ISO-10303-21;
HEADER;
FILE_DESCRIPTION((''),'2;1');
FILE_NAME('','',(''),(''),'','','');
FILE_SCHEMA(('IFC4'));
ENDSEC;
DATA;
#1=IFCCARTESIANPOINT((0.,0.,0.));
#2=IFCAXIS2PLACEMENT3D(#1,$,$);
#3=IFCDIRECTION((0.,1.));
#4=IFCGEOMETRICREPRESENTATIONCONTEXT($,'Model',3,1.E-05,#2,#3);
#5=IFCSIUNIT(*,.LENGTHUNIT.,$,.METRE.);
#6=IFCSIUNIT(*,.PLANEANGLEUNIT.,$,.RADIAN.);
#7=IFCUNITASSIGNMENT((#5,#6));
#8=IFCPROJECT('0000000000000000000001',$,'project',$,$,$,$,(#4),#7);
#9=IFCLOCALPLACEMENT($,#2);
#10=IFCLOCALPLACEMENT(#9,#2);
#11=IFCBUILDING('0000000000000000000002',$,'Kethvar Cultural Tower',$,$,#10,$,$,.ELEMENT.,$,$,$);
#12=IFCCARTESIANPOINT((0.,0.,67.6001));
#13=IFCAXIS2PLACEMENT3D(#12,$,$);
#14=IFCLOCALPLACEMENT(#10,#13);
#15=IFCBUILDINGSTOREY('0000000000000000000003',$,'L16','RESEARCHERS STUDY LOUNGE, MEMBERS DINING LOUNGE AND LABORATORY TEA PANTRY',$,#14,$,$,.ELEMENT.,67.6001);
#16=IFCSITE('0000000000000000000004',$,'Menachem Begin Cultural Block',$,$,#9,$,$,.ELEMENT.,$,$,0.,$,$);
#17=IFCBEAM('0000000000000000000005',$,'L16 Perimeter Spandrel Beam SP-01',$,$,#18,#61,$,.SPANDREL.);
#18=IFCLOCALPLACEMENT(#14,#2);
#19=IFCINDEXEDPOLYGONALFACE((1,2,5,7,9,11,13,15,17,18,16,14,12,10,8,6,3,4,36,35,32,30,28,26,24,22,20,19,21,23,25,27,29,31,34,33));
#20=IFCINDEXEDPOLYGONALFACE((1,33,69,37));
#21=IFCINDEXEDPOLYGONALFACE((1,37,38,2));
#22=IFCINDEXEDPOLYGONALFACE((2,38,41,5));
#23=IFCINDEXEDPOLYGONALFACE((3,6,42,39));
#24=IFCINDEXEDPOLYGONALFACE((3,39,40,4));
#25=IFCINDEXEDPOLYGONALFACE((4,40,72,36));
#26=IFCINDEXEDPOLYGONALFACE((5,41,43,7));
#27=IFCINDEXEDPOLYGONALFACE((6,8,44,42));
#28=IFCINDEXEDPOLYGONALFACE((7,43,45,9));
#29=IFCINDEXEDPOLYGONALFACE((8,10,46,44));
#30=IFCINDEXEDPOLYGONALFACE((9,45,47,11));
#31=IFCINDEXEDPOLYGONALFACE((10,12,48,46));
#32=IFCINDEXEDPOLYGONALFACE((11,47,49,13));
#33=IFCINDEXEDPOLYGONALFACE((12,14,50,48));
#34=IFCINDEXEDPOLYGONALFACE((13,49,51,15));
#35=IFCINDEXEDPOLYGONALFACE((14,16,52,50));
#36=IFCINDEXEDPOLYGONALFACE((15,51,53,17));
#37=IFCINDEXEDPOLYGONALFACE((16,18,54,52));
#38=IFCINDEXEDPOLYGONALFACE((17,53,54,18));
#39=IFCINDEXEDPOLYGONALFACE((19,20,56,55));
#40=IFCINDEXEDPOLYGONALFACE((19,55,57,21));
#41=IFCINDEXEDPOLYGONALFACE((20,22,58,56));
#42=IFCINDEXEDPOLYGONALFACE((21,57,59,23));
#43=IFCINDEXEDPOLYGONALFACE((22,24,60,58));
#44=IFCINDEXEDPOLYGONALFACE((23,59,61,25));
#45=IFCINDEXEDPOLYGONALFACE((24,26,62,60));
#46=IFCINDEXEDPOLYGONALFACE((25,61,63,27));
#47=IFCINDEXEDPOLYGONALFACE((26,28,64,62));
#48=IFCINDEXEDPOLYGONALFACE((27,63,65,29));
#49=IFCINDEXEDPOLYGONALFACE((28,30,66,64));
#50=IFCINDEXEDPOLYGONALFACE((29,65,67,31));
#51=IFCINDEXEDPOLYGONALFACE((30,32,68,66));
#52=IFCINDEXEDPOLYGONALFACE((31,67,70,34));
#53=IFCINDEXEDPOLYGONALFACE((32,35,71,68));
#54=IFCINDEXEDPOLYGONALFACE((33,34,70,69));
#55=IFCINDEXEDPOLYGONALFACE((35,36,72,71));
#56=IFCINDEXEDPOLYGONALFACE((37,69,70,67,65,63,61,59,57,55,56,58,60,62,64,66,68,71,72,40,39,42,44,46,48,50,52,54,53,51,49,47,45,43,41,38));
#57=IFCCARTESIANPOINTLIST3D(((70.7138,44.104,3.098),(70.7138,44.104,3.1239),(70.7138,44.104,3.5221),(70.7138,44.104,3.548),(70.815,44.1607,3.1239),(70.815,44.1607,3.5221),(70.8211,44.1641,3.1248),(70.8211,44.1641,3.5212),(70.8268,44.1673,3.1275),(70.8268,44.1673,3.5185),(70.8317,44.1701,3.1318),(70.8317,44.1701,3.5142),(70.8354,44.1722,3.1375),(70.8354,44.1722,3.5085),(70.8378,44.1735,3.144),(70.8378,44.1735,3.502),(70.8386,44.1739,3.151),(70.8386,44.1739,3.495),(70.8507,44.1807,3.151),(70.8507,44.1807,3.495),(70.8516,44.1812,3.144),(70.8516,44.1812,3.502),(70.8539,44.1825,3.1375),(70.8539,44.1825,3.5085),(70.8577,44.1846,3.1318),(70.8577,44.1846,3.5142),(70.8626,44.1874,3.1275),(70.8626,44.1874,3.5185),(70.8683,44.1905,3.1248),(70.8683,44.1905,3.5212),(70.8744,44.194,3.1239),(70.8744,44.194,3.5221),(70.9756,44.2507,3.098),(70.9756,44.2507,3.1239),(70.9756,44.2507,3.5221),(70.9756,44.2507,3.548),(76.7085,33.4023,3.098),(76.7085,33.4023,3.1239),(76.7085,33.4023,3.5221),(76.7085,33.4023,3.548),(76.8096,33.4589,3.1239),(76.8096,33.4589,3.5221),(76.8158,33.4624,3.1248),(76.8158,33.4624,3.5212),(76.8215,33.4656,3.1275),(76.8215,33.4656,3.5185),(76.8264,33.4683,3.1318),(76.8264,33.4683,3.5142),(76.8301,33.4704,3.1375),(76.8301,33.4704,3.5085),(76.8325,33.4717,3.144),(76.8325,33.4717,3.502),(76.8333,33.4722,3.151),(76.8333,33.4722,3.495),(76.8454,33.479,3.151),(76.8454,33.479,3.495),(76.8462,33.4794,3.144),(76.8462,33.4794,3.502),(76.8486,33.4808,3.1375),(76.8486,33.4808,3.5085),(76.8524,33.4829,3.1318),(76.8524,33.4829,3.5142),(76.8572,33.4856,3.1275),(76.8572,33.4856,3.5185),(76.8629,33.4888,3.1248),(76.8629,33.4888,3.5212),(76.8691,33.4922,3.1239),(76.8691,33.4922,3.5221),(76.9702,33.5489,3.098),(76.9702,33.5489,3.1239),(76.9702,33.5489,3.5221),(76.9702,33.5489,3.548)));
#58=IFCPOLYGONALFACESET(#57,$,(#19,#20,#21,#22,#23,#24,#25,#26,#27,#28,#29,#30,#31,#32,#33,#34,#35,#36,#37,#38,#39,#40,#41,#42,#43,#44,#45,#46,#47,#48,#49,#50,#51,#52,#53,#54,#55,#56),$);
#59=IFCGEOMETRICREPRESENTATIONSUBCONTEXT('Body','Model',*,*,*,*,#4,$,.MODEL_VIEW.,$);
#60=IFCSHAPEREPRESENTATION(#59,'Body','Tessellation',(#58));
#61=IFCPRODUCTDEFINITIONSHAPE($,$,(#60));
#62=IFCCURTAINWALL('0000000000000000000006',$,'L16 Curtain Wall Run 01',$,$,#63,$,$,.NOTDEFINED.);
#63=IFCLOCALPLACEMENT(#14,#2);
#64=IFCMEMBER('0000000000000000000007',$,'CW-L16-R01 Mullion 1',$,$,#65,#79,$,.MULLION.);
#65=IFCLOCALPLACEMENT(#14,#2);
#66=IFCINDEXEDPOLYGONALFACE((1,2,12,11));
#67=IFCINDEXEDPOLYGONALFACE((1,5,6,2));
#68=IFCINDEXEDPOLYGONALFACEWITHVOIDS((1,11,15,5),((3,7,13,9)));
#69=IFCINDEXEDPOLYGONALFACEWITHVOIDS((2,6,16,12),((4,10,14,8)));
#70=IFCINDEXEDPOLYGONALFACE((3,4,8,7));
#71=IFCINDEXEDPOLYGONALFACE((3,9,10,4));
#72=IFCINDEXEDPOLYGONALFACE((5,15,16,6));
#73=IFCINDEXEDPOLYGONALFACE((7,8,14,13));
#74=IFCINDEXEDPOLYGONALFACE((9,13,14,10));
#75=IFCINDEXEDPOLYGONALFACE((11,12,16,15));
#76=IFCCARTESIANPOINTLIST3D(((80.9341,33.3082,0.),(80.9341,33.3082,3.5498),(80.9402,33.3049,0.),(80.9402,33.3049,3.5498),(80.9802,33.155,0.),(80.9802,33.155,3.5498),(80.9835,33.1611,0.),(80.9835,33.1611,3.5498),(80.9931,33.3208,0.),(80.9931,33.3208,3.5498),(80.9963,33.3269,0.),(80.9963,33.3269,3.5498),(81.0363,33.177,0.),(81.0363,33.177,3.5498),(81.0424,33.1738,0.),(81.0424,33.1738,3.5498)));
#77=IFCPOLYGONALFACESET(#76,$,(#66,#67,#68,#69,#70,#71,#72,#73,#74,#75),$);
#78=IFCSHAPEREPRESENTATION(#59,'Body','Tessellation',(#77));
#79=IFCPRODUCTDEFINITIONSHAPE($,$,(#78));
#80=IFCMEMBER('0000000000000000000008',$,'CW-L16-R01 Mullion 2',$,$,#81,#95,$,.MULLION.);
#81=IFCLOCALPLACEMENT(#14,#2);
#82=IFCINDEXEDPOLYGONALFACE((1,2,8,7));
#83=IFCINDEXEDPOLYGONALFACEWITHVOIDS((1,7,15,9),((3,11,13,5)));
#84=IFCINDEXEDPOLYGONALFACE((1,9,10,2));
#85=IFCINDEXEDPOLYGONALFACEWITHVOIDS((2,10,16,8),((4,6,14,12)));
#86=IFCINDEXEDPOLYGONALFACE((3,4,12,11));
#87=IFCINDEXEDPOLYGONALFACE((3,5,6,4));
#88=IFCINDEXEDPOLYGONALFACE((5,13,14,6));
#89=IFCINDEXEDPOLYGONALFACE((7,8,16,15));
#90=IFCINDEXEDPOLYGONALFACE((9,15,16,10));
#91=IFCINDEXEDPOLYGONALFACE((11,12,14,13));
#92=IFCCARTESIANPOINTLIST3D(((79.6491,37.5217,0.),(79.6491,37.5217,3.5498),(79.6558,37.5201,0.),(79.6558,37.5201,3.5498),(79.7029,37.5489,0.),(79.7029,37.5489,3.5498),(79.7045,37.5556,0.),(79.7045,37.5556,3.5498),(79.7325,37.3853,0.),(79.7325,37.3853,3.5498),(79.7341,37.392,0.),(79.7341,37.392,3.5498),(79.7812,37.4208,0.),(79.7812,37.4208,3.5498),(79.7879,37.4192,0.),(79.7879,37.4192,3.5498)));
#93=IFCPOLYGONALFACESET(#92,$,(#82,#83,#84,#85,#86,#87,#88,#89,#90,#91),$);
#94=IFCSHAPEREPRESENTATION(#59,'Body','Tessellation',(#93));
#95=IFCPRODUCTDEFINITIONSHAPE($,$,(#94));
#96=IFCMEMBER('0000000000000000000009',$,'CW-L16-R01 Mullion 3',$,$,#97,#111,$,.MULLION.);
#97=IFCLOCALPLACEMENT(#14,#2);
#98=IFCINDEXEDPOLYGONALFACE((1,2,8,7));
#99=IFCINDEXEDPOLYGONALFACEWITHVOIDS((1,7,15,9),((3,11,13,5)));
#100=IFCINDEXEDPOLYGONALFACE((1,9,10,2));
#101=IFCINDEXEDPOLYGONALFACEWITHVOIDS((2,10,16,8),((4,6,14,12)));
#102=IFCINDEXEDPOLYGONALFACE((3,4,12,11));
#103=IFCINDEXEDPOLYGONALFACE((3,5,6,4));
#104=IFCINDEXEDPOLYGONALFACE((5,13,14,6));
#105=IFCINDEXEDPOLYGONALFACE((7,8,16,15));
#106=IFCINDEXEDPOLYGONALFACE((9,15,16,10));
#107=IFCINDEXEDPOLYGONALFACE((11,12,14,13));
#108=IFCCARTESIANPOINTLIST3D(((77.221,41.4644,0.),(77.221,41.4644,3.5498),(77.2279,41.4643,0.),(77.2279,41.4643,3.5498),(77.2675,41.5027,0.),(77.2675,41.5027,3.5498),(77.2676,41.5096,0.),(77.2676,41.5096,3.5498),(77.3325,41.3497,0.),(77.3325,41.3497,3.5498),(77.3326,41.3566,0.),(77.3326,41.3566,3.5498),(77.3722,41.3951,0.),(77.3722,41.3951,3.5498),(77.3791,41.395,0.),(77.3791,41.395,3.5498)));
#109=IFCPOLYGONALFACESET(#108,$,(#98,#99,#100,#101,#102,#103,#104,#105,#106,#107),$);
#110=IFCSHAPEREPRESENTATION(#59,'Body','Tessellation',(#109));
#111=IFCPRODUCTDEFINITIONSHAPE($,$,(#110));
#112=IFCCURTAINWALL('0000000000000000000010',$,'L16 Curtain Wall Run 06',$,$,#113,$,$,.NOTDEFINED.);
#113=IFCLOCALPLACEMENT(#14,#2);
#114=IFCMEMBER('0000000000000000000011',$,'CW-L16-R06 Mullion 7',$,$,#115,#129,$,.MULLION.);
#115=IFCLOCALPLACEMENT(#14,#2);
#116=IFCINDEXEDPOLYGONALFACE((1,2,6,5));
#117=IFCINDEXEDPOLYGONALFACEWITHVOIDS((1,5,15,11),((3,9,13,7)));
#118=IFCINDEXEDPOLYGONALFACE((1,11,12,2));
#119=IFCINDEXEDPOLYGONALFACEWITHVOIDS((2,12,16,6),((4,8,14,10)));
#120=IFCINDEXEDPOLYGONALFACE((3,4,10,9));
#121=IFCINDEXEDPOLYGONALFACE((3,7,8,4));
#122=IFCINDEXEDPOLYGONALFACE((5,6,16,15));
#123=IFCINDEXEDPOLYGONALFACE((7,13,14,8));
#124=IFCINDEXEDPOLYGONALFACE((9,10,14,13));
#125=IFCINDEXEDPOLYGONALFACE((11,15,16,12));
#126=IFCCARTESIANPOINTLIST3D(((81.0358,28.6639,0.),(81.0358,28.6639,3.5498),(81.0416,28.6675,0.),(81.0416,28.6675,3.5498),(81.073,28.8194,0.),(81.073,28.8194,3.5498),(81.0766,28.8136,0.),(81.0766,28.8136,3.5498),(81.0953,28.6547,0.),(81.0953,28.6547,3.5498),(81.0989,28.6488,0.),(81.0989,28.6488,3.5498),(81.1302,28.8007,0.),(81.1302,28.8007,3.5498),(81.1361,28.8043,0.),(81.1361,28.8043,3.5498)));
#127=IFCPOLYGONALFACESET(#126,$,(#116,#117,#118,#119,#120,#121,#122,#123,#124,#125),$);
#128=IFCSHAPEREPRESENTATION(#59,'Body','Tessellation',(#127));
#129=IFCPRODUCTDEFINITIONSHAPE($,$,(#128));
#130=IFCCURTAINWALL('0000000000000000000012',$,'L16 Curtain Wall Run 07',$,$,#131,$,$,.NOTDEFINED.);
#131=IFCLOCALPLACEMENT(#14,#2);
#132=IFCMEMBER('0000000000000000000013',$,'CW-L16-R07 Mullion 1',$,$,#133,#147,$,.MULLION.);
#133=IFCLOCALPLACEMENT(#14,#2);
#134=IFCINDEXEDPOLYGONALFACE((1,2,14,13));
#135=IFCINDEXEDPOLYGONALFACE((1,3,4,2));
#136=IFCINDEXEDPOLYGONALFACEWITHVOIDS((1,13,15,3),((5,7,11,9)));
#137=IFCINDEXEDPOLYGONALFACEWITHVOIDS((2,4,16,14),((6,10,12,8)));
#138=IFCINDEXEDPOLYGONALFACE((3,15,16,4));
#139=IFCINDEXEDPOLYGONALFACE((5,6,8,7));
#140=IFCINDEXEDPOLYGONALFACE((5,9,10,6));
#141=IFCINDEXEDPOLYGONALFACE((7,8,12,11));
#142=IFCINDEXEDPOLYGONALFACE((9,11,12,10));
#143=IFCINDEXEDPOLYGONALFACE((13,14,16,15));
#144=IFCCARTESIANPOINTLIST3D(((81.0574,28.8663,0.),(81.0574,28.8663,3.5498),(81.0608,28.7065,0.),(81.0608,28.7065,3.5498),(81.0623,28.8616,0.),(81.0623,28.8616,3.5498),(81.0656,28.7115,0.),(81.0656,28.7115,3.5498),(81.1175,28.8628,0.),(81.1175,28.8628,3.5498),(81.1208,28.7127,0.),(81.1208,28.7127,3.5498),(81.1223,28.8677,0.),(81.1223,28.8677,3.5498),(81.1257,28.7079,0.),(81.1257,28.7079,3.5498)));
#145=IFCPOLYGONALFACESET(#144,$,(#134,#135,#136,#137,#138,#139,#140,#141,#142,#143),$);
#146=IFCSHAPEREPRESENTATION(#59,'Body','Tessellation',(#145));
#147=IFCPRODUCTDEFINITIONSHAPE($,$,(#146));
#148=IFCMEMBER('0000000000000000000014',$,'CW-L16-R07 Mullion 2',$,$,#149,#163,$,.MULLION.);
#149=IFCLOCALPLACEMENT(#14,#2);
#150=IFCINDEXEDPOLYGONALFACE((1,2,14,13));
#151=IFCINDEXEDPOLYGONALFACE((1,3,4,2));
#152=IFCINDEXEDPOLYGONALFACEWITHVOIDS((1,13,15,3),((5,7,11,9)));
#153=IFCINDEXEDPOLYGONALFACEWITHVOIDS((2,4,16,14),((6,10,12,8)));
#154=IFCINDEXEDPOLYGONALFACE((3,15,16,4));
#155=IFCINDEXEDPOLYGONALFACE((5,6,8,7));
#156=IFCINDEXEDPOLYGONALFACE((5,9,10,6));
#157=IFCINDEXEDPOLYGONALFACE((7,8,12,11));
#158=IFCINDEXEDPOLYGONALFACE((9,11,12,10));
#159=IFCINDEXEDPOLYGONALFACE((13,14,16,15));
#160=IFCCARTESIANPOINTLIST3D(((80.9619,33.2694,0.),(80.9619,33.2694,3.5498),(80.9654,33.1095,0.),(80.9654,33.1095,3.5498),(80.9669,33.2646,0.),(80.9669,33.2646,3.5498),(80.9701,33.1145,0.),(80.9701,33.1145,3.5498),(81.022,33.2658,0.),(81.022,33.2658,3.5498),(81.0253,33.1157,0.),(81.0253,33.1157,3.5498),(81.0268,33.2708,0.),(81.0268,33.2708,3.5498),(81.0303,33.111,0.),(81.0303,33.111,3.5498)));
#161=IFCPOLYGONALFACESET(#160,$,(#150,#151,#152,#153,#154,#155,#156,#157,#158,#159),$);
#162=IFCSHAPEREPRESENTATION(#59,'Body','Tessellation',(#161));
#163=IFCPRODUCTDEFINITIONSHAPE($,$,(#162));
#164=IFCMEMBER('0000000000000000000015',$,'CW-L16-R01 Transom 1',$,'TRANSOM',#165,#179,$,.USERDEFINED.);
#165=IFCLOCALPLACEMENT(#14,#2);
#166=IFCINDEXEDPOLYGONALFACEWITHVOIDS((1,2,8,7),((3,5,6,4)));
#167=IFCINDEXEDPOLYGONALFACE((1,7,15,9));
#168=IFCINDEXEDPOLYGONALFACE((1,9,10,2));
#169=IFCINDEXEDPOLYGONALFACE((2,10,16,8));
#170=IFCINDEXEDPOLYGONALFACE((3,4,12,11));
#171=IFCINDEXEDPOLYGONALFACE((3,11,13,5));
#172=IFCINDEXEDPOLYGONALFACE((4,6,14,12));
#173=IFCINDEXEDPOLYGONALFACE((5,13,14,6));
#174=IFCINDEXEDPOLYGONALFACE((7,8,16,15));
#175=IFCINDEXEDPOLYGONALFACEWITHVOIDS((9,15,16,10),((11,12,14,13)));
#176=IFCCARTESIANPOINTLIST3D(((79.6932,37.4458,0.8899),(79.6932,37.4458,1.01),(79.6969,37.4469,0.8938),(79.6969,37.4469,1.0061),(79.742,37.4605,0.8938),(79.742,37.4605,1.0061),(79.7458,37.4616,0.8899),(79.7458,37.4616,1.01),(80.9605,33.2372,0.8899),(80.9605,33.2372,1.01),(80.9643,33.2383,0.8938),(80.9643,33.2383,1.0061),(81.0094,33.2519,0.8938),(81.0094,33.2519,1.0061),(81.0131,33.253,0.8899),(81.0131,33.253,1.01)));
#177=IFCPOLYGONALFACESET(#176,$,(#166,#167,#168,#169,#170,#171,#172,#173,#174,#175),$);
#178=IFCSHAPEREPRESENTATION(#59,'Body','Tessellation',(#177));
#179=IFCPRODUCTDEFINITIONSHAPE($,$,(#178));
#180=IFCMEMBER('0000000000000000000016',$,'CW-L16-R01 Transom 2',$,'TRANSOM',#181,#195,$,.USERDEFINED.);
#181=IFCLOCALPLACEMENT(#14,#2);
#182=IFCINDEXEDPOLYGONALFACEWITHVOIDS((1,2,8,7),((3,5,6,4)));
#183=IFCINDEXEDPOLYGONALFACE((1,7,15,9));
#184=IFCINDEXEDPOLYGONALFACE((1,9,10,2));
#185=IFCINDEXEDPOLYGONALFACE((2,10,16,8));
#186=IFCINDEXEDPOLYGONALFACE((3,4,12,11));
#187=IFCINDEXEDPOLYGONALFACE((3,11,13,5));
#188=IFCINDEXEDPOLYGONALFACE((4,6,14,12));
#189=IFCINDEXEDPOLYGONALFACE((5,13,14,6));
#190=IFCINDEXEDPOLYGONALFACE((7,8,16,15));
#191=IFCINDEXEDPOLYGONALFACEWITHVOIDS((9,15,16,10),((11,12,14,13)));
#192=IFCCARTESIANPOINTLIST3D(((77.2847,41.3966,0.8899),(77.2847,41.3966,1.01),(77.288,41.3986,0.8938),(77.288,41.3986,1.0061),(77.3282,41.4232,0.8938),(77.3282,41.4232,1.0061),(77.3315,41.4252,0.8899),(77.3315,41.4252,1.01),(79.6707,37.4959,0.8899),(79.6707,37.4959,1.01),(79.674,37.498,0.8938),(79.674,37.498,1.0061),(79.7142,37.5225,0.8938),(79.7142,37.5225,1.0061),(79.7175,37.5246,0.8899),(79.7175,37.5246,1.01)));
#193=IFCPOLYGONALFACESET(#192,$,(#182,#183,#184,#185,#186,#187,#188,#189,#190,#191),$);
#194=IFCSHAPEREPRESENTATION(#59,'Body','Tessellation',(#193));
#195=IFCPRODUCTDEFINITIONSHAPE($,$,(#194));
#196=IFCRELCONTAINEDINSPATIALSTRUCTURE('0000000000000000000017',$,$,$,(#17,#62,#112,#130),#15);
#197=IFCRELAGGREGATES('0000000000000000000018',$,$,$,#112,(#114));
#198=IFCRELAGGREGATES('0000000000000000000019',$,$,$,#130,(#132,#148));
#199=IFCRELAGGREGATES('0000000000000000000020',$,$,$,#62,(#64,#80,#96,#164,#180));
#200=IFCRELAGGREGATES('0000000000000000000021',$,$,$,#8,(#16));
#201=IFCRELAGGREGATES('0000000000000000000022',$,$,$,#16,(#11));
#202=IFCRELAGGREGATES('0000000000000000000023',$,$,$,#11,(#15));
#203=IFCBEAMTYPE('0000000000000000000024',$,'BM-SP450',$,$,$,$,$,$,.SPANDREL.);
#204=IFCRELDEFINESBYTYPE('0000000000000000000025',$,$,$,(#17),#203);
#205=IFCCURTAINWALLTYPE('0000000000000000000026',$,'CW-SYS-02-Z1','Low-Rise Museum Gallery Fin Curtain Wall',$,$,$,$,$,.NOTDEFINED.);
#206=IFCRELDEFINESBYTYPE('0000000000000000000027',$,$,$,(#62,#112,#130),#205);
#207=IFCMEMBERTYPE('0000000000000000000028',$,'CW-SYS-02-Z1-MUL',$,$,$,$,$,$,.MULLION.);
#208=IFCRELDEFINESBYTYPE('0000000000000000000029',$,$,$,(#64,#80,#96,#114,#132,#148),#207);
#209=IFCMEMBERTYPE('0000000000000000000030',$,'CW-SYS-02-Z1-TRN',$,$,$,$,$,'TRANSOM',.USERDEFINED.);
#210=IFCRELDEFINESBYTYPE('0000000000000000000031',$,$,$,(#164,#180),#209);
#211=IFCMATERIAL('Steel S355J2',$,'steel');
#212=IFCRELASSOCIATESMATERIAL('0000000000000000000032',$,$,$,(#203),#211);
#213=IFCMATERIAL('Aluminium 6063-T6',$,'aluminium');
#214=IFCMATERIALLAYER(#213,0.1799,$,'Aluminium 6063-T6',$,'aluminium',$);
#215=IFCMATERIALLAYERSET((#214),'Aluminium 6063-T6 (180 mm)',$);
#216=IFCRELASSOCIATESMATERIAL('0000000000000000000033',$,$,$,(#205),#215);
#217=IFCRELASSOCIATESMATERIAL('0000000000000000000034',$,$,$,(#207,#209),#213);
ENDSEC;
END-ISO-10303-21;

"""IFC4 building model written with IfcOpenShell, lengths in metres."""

from ifc_helpers import new_model, si_unit, direction, frame, origin, origin_2d, place, context, subcontext, project, spatial, hollow_rectangle, i_section, extrude, source, transform, mapped, material, layer, layer_set, material_profile, profile_set, type_object, element, aggregate, save


model = new_model("IFC4")

# Units and contexts
model_context = context("Model", 3, precision=1e-05, world=origin(), true_north=direction((0.0, 1.0)))
body_context = subcontext(model_context, "Body", "Model", "MODEL_VIEW")
ifc_project = project(units=[si_unit("LENGTHUNIT", "METRE"), si_unit("PLANEANGLEUNIT", "RADIAN")], contexts=[model_context])

# Site, building, storey
site_placement = place(None, origin())
site = spatial("IfcSite", under=ifc_project, at=site_placement, Name="Menachem Begin Cultural Block", CompositionType="ELEMENT", RefElevation=0.0)
building_placement = place(site_placement, origin())
building = spatial("IfcBuilding", under=site, at=building_placement, Name="Kethvar Cultural Tower", CompositionType="ELEMENT")
storey_placement = place(building_placement, frame((0.0, 0.0, 67.6001)))
storey = spatial("IfcBuildingStorey", under=building, at=storey_placement, Name="L16", Description="RESEARCHERS STUDY LOUNGE, MEMBERS DINING LOUNGE AND LABORATORY TEA PANTRY", CompositionType="ELEMENT", Elevation=67.6001)

# Beam
ifc_material_1 = material(Name="Steel S355J2", Category="steel")
ifc_material_profile_1 = material_profile(ifc_material_1, i_section(OverallWidth=0.3, OverallDepth=0.45, WebThickness=0.0139, FlangeThickness=0.0259, FilletRadius=0.0271, at=origin_2d()), Name="Steel S355J2 — HEB450")
ifc_profile_set_1 = profile_set([ifc_material_profile_1], Name="Steel S355J2 — HEB450")
beam_type_1 = type_object("IfcBeamType", Name="BM-SP450", PredefinedType="SPANDREL", material=ifc_profile_set_1)
shared_shape_1 = source(origin(), body_context, "Body", "SweptSolid", [
    extrude(i_section(OverallWidth=0.3, OverallDepth=0.45, WebThickness=0.0139, FlangeThickness=0.0259, FilletRadius=0.0271, at=origin_2d()), origin(), (0.0, 0.0, 1.0), 12.2664),
])
beam_1_placement = place(storey_placement, frame((76.8394, 33.4756, 3.323), z_axis=(-0.488709, 0.872447, 0.0), x_axis=(-0.872447, -0.488709, 0.0)))
element("IfcBeam", 1, at=beam_1_placement, inside=storey, type_object=beam_type_1, Name="L16 Perimeter Spandrel Beam SP-01", PredefinedType="SPANDREL", context=body_context, shape_type="MappedRepresentation", body=[
    mapped(shared_shape_1, transform((0.0, 0.0, 0.0), scale=1.0)),
])

# Curtain wall, members
ifc_material_2 = material(Name="Aluminium 6063-T6", Category="aluminium")
ifc_layer_1 = layer(ifc_material_2, 0.1799, Name="Aluminium 6063-T6", Category="aluminium")
ifc_layer_set_1 = layer_set([ifc_layer_1], Name="Aluminium 6063-T6 (180 mm)")
curtain_wall_type = type_object("IfcCurtainWallType", Name="CW-SYS-02-Z1", Description="Low-Rise Museum Gallery Fin Curtain Wall", PredefinedType="NOTDEFINED", material=ifc_layer_set_1)
curtain_wall_1_placement = place(storey_placement, origin())
curtain_wall_1 = element("IfcCurtainWall", 2, at=curtain_wall_1_placement, inside=storey, type_object=curtain_wall_type, Name="L16 Curtain Wall Run 01", PredefinedType="NOTDEFINED")
ifc_material_profile_2 = material_profile(ifc_material_2, hollow_rectangle(XDim=0.0649, YDim=0.1599, WallThickness=0.0049, at=origin_2d()), Name="Aluminium 6063-T6 — RHS160x65x5")
ifc_profile_set_2 = profile_set([ifc_material_profile_2], Name="Aluminium 6063-T6 — RHS160x65x5")
member_type_1 = type_object("IfcMemberType", Name="CW-SYS-02-Z1-MUL", PredefinedType="MULLION", material=ifc_profile_set_2)
shared_shape_2 = source(origin(), body_context, "Body", "SweptSolid", [
    extrude(hollow_rectangle(XDim=0.0649, YDim=0.1599, WallThickness=0.0049, at=origin_2d()), origin(), (0.0, 0.0, 1.0), 3.5498),
])
member_1_placement = place(storey_placement, frame((80.9883, 33.241, 0.0), z_axis=(0.0, 0.0, 1.0), x_axis=(-0.957526, -0.288347, 0.0)))
member_1 = element("IfcMember", 3, at=member_1_placement, type_object=member_type_1, Name="CW-L16-R01 Mullion 1", PredefinedType="MULLION", context=body_context, shape_type="MappedRepresentation", body=[
    mapped(shared_shape_2, transform((0.0, 0.0, 0.0), scale=1.0)),
])
member_2_placement = place(storey_placement, frame((79.7185, 37.4705, 0.0), z_axis=(0.0, 0.0, 1.0), x_axis=(-0.853059, -0.521814, 0.0)))
member_2 = element("IfcMember", 4, at=member_2_placement, type_object=member_type_1, Name="CW-L16-R01 Mullion 2", PredefinedType="MULLION", context=body_context, shape_type="MappedRepresentation", body=[
    mapped(shared_shape_2, transform((0.0, 0.0, 0.0), scale=1.0)),
])
member_3_placement = place(storey_placement, frame((77.3, 41.4297, 0.0), z_axis=(0.0, 0.0, 1.0), x_axis=(-0.716862, -0.697215, 0.0)))
member_3 = element("IfcMember", 5, at=member_3_placement, type_object=member_type_1, Name="CW-L16-R01 Mullion 3", PredefinedType="MULLION", context=body_context, shape_type="MappedRepresentation", body=[
    mapped(shared_shape_2, transform((0.0, 0.0, 0.0), scale=1.0)),
])

# Curtain wall, member
curtain_wall_2_placement = place(storey_placement, origin())
curtain_wall_2 = element("IfcCurtainWall", 6, at=curtain_wall_2_placement, inside=storey, type_object=curtain_wall_type, Name="L16 Curtain Wall Run 06", PredefinedType="NOTDEFINED")
member_4_placement = place(storey_placement, frame((81.0859, 28.7341, 0.0), z_axis=(0.0, 0.0, 1.0), x_axis=(-0.972553, 0.232682, 0.0)))
member_4 = element("IfcMember", 7, at=member_4_placement, type_object=member_type_1, Name="CW-L16-R06 Mullion 7", PredefinedType="MULLION", context=body_context, shape_type="MappedRepresentation", body=[
    mapped(shared_shape_2, transform((0.0, 0.0, 0.0), scale=1.0)),
])
aggregate(curtain_wall_2, [member_4])

# Curtain wall, members
curtain_wall_3_placement = place(storey_placement, origin())
curtain_wall_3 = element("IfcCurtainWall", 8, at=curtain_wall_3_placement, inside=storey, type_object=curtain_wall_type, Name="L16 Curtain Wall Run 07", PredefinedType="NOTDEFINED")
member_5_placement = place(storey_placement, frame((81.0916, 28.7871, 0.0), z_axis=(0.0, 0.0, 1.0), x_axis=(-0.999765, -0.021658, 0.0)))
member_5 = element("IfcMember", 9, at=member_5_placement, type_object=member_type_1, Name="CW-L16-R07 Mullion 1", PredefinedType="MULLION", context=body_context, shape_type="MappedRepresentation", body=[
    mapped(shared_shape_2, transform((0.0, 0.0, 0.0), scale=1.0)),
])
member_6_placement = place(storey_placement, frame((80.9961, 33.1902, 0.0), z_axis=(0.0, 0.0, 1.0), x_axis=(-0.999765, -0.021658, 0.0)))
member_6 = element("IfcMember", 10, at=member_6_placement, type_object=member_type_1, Name="CW-L16-R07 Mullion 2", PredefinedType="MULLION", context=body_context, shape_type="MappedRepresentation", body=[
    mapped(shared_shape_2, transform((0.0, 0.0, 0.0), scale=1.0)),
])

# Members
ifc_material_profile_3 = material_profile(ifc_material_2, hollow_rectangle(XDim=0.0549, YDim=0.1201, WallThickness=0.0039, at=origin_2d()), Name="Aluminium 6063-T6 — RHS120x55x4")
ifc_profile_set_3 = profile_set([ifc_material_profile_3], Name="Aluminium 6063-T6 — RHS120x55x4")
member_type_2 = type_object("IfcMemberType", Name="CW-SYS-02-Z1-TRN", ElementType="TRANSOM", PredefinedType="USERDEFINED", material=ifc_profile_set_3)
shared_shape_3 = source(origin(), body_context, "Body", "SweptSolid", [
    extrude(hollow_rectangle(XDim=0.0549, YDim=0.1201, WallThickness=0.0039, at=origin_2d()), origin(), (0.0, 0.0, 1.0), 4.3953),
])
member_7_placement = place(storey_placement, frame((80.9868, 33.2451, 0.95), z_axis=(-0.288347, 0.957526, 0.0), x_axis=(-0.957526, -0.288347, 0.0)))
member_7 = element("IfcMember", 11, at=member_7_placement, type_object=member_type_2, Name="CW-L16-R01 Transom 1", ObjectType="TRANSOM", PredefinedType="USERDEFINED", context=body_context, shape_type="MappedRepresentation", body=[
    mapped(shared_shape_3, transform((0.0, 0.0, 0.0), scale=1.0)),
])
shared_shape_4 = source(origin(), body_context, "Body", "SweptSolid", [
    extrude(hollow_rectangle(XDim=0.0549, YDim=0.1201, WallThickness=0.0039, at=origin_2d()), origin(), (0.0, 0.0, 1.0), 4.5725),
])
member_8_placement = place(storey_placement, frame((79.6941, 37.5103, 0.95), z_axis=(-0.521811, 0.853061, 0.0), x_axis=(-0.853061, -0.521811, 0.0)))
member_8 = element("IfcMember", 12, at=member_8_placement, type_object=member_type_2, Name="CW-L16-R01 Transom 2", ObjectType="TRANSOM", PredefinedType="USERDEFINED", context=body_context, shape_type="MappedRepresentation", body=[
    mapped(shared_shape_4, transform((0.0, 0.0, 0.0), scale=1.0)),
])

aggregate(curtain_wall_3, [member_5, member_6])
aggregate(curtain_wall_1, [member_1, member_2, member_3, member_7, member_8])

save(model, "model.ifc")
